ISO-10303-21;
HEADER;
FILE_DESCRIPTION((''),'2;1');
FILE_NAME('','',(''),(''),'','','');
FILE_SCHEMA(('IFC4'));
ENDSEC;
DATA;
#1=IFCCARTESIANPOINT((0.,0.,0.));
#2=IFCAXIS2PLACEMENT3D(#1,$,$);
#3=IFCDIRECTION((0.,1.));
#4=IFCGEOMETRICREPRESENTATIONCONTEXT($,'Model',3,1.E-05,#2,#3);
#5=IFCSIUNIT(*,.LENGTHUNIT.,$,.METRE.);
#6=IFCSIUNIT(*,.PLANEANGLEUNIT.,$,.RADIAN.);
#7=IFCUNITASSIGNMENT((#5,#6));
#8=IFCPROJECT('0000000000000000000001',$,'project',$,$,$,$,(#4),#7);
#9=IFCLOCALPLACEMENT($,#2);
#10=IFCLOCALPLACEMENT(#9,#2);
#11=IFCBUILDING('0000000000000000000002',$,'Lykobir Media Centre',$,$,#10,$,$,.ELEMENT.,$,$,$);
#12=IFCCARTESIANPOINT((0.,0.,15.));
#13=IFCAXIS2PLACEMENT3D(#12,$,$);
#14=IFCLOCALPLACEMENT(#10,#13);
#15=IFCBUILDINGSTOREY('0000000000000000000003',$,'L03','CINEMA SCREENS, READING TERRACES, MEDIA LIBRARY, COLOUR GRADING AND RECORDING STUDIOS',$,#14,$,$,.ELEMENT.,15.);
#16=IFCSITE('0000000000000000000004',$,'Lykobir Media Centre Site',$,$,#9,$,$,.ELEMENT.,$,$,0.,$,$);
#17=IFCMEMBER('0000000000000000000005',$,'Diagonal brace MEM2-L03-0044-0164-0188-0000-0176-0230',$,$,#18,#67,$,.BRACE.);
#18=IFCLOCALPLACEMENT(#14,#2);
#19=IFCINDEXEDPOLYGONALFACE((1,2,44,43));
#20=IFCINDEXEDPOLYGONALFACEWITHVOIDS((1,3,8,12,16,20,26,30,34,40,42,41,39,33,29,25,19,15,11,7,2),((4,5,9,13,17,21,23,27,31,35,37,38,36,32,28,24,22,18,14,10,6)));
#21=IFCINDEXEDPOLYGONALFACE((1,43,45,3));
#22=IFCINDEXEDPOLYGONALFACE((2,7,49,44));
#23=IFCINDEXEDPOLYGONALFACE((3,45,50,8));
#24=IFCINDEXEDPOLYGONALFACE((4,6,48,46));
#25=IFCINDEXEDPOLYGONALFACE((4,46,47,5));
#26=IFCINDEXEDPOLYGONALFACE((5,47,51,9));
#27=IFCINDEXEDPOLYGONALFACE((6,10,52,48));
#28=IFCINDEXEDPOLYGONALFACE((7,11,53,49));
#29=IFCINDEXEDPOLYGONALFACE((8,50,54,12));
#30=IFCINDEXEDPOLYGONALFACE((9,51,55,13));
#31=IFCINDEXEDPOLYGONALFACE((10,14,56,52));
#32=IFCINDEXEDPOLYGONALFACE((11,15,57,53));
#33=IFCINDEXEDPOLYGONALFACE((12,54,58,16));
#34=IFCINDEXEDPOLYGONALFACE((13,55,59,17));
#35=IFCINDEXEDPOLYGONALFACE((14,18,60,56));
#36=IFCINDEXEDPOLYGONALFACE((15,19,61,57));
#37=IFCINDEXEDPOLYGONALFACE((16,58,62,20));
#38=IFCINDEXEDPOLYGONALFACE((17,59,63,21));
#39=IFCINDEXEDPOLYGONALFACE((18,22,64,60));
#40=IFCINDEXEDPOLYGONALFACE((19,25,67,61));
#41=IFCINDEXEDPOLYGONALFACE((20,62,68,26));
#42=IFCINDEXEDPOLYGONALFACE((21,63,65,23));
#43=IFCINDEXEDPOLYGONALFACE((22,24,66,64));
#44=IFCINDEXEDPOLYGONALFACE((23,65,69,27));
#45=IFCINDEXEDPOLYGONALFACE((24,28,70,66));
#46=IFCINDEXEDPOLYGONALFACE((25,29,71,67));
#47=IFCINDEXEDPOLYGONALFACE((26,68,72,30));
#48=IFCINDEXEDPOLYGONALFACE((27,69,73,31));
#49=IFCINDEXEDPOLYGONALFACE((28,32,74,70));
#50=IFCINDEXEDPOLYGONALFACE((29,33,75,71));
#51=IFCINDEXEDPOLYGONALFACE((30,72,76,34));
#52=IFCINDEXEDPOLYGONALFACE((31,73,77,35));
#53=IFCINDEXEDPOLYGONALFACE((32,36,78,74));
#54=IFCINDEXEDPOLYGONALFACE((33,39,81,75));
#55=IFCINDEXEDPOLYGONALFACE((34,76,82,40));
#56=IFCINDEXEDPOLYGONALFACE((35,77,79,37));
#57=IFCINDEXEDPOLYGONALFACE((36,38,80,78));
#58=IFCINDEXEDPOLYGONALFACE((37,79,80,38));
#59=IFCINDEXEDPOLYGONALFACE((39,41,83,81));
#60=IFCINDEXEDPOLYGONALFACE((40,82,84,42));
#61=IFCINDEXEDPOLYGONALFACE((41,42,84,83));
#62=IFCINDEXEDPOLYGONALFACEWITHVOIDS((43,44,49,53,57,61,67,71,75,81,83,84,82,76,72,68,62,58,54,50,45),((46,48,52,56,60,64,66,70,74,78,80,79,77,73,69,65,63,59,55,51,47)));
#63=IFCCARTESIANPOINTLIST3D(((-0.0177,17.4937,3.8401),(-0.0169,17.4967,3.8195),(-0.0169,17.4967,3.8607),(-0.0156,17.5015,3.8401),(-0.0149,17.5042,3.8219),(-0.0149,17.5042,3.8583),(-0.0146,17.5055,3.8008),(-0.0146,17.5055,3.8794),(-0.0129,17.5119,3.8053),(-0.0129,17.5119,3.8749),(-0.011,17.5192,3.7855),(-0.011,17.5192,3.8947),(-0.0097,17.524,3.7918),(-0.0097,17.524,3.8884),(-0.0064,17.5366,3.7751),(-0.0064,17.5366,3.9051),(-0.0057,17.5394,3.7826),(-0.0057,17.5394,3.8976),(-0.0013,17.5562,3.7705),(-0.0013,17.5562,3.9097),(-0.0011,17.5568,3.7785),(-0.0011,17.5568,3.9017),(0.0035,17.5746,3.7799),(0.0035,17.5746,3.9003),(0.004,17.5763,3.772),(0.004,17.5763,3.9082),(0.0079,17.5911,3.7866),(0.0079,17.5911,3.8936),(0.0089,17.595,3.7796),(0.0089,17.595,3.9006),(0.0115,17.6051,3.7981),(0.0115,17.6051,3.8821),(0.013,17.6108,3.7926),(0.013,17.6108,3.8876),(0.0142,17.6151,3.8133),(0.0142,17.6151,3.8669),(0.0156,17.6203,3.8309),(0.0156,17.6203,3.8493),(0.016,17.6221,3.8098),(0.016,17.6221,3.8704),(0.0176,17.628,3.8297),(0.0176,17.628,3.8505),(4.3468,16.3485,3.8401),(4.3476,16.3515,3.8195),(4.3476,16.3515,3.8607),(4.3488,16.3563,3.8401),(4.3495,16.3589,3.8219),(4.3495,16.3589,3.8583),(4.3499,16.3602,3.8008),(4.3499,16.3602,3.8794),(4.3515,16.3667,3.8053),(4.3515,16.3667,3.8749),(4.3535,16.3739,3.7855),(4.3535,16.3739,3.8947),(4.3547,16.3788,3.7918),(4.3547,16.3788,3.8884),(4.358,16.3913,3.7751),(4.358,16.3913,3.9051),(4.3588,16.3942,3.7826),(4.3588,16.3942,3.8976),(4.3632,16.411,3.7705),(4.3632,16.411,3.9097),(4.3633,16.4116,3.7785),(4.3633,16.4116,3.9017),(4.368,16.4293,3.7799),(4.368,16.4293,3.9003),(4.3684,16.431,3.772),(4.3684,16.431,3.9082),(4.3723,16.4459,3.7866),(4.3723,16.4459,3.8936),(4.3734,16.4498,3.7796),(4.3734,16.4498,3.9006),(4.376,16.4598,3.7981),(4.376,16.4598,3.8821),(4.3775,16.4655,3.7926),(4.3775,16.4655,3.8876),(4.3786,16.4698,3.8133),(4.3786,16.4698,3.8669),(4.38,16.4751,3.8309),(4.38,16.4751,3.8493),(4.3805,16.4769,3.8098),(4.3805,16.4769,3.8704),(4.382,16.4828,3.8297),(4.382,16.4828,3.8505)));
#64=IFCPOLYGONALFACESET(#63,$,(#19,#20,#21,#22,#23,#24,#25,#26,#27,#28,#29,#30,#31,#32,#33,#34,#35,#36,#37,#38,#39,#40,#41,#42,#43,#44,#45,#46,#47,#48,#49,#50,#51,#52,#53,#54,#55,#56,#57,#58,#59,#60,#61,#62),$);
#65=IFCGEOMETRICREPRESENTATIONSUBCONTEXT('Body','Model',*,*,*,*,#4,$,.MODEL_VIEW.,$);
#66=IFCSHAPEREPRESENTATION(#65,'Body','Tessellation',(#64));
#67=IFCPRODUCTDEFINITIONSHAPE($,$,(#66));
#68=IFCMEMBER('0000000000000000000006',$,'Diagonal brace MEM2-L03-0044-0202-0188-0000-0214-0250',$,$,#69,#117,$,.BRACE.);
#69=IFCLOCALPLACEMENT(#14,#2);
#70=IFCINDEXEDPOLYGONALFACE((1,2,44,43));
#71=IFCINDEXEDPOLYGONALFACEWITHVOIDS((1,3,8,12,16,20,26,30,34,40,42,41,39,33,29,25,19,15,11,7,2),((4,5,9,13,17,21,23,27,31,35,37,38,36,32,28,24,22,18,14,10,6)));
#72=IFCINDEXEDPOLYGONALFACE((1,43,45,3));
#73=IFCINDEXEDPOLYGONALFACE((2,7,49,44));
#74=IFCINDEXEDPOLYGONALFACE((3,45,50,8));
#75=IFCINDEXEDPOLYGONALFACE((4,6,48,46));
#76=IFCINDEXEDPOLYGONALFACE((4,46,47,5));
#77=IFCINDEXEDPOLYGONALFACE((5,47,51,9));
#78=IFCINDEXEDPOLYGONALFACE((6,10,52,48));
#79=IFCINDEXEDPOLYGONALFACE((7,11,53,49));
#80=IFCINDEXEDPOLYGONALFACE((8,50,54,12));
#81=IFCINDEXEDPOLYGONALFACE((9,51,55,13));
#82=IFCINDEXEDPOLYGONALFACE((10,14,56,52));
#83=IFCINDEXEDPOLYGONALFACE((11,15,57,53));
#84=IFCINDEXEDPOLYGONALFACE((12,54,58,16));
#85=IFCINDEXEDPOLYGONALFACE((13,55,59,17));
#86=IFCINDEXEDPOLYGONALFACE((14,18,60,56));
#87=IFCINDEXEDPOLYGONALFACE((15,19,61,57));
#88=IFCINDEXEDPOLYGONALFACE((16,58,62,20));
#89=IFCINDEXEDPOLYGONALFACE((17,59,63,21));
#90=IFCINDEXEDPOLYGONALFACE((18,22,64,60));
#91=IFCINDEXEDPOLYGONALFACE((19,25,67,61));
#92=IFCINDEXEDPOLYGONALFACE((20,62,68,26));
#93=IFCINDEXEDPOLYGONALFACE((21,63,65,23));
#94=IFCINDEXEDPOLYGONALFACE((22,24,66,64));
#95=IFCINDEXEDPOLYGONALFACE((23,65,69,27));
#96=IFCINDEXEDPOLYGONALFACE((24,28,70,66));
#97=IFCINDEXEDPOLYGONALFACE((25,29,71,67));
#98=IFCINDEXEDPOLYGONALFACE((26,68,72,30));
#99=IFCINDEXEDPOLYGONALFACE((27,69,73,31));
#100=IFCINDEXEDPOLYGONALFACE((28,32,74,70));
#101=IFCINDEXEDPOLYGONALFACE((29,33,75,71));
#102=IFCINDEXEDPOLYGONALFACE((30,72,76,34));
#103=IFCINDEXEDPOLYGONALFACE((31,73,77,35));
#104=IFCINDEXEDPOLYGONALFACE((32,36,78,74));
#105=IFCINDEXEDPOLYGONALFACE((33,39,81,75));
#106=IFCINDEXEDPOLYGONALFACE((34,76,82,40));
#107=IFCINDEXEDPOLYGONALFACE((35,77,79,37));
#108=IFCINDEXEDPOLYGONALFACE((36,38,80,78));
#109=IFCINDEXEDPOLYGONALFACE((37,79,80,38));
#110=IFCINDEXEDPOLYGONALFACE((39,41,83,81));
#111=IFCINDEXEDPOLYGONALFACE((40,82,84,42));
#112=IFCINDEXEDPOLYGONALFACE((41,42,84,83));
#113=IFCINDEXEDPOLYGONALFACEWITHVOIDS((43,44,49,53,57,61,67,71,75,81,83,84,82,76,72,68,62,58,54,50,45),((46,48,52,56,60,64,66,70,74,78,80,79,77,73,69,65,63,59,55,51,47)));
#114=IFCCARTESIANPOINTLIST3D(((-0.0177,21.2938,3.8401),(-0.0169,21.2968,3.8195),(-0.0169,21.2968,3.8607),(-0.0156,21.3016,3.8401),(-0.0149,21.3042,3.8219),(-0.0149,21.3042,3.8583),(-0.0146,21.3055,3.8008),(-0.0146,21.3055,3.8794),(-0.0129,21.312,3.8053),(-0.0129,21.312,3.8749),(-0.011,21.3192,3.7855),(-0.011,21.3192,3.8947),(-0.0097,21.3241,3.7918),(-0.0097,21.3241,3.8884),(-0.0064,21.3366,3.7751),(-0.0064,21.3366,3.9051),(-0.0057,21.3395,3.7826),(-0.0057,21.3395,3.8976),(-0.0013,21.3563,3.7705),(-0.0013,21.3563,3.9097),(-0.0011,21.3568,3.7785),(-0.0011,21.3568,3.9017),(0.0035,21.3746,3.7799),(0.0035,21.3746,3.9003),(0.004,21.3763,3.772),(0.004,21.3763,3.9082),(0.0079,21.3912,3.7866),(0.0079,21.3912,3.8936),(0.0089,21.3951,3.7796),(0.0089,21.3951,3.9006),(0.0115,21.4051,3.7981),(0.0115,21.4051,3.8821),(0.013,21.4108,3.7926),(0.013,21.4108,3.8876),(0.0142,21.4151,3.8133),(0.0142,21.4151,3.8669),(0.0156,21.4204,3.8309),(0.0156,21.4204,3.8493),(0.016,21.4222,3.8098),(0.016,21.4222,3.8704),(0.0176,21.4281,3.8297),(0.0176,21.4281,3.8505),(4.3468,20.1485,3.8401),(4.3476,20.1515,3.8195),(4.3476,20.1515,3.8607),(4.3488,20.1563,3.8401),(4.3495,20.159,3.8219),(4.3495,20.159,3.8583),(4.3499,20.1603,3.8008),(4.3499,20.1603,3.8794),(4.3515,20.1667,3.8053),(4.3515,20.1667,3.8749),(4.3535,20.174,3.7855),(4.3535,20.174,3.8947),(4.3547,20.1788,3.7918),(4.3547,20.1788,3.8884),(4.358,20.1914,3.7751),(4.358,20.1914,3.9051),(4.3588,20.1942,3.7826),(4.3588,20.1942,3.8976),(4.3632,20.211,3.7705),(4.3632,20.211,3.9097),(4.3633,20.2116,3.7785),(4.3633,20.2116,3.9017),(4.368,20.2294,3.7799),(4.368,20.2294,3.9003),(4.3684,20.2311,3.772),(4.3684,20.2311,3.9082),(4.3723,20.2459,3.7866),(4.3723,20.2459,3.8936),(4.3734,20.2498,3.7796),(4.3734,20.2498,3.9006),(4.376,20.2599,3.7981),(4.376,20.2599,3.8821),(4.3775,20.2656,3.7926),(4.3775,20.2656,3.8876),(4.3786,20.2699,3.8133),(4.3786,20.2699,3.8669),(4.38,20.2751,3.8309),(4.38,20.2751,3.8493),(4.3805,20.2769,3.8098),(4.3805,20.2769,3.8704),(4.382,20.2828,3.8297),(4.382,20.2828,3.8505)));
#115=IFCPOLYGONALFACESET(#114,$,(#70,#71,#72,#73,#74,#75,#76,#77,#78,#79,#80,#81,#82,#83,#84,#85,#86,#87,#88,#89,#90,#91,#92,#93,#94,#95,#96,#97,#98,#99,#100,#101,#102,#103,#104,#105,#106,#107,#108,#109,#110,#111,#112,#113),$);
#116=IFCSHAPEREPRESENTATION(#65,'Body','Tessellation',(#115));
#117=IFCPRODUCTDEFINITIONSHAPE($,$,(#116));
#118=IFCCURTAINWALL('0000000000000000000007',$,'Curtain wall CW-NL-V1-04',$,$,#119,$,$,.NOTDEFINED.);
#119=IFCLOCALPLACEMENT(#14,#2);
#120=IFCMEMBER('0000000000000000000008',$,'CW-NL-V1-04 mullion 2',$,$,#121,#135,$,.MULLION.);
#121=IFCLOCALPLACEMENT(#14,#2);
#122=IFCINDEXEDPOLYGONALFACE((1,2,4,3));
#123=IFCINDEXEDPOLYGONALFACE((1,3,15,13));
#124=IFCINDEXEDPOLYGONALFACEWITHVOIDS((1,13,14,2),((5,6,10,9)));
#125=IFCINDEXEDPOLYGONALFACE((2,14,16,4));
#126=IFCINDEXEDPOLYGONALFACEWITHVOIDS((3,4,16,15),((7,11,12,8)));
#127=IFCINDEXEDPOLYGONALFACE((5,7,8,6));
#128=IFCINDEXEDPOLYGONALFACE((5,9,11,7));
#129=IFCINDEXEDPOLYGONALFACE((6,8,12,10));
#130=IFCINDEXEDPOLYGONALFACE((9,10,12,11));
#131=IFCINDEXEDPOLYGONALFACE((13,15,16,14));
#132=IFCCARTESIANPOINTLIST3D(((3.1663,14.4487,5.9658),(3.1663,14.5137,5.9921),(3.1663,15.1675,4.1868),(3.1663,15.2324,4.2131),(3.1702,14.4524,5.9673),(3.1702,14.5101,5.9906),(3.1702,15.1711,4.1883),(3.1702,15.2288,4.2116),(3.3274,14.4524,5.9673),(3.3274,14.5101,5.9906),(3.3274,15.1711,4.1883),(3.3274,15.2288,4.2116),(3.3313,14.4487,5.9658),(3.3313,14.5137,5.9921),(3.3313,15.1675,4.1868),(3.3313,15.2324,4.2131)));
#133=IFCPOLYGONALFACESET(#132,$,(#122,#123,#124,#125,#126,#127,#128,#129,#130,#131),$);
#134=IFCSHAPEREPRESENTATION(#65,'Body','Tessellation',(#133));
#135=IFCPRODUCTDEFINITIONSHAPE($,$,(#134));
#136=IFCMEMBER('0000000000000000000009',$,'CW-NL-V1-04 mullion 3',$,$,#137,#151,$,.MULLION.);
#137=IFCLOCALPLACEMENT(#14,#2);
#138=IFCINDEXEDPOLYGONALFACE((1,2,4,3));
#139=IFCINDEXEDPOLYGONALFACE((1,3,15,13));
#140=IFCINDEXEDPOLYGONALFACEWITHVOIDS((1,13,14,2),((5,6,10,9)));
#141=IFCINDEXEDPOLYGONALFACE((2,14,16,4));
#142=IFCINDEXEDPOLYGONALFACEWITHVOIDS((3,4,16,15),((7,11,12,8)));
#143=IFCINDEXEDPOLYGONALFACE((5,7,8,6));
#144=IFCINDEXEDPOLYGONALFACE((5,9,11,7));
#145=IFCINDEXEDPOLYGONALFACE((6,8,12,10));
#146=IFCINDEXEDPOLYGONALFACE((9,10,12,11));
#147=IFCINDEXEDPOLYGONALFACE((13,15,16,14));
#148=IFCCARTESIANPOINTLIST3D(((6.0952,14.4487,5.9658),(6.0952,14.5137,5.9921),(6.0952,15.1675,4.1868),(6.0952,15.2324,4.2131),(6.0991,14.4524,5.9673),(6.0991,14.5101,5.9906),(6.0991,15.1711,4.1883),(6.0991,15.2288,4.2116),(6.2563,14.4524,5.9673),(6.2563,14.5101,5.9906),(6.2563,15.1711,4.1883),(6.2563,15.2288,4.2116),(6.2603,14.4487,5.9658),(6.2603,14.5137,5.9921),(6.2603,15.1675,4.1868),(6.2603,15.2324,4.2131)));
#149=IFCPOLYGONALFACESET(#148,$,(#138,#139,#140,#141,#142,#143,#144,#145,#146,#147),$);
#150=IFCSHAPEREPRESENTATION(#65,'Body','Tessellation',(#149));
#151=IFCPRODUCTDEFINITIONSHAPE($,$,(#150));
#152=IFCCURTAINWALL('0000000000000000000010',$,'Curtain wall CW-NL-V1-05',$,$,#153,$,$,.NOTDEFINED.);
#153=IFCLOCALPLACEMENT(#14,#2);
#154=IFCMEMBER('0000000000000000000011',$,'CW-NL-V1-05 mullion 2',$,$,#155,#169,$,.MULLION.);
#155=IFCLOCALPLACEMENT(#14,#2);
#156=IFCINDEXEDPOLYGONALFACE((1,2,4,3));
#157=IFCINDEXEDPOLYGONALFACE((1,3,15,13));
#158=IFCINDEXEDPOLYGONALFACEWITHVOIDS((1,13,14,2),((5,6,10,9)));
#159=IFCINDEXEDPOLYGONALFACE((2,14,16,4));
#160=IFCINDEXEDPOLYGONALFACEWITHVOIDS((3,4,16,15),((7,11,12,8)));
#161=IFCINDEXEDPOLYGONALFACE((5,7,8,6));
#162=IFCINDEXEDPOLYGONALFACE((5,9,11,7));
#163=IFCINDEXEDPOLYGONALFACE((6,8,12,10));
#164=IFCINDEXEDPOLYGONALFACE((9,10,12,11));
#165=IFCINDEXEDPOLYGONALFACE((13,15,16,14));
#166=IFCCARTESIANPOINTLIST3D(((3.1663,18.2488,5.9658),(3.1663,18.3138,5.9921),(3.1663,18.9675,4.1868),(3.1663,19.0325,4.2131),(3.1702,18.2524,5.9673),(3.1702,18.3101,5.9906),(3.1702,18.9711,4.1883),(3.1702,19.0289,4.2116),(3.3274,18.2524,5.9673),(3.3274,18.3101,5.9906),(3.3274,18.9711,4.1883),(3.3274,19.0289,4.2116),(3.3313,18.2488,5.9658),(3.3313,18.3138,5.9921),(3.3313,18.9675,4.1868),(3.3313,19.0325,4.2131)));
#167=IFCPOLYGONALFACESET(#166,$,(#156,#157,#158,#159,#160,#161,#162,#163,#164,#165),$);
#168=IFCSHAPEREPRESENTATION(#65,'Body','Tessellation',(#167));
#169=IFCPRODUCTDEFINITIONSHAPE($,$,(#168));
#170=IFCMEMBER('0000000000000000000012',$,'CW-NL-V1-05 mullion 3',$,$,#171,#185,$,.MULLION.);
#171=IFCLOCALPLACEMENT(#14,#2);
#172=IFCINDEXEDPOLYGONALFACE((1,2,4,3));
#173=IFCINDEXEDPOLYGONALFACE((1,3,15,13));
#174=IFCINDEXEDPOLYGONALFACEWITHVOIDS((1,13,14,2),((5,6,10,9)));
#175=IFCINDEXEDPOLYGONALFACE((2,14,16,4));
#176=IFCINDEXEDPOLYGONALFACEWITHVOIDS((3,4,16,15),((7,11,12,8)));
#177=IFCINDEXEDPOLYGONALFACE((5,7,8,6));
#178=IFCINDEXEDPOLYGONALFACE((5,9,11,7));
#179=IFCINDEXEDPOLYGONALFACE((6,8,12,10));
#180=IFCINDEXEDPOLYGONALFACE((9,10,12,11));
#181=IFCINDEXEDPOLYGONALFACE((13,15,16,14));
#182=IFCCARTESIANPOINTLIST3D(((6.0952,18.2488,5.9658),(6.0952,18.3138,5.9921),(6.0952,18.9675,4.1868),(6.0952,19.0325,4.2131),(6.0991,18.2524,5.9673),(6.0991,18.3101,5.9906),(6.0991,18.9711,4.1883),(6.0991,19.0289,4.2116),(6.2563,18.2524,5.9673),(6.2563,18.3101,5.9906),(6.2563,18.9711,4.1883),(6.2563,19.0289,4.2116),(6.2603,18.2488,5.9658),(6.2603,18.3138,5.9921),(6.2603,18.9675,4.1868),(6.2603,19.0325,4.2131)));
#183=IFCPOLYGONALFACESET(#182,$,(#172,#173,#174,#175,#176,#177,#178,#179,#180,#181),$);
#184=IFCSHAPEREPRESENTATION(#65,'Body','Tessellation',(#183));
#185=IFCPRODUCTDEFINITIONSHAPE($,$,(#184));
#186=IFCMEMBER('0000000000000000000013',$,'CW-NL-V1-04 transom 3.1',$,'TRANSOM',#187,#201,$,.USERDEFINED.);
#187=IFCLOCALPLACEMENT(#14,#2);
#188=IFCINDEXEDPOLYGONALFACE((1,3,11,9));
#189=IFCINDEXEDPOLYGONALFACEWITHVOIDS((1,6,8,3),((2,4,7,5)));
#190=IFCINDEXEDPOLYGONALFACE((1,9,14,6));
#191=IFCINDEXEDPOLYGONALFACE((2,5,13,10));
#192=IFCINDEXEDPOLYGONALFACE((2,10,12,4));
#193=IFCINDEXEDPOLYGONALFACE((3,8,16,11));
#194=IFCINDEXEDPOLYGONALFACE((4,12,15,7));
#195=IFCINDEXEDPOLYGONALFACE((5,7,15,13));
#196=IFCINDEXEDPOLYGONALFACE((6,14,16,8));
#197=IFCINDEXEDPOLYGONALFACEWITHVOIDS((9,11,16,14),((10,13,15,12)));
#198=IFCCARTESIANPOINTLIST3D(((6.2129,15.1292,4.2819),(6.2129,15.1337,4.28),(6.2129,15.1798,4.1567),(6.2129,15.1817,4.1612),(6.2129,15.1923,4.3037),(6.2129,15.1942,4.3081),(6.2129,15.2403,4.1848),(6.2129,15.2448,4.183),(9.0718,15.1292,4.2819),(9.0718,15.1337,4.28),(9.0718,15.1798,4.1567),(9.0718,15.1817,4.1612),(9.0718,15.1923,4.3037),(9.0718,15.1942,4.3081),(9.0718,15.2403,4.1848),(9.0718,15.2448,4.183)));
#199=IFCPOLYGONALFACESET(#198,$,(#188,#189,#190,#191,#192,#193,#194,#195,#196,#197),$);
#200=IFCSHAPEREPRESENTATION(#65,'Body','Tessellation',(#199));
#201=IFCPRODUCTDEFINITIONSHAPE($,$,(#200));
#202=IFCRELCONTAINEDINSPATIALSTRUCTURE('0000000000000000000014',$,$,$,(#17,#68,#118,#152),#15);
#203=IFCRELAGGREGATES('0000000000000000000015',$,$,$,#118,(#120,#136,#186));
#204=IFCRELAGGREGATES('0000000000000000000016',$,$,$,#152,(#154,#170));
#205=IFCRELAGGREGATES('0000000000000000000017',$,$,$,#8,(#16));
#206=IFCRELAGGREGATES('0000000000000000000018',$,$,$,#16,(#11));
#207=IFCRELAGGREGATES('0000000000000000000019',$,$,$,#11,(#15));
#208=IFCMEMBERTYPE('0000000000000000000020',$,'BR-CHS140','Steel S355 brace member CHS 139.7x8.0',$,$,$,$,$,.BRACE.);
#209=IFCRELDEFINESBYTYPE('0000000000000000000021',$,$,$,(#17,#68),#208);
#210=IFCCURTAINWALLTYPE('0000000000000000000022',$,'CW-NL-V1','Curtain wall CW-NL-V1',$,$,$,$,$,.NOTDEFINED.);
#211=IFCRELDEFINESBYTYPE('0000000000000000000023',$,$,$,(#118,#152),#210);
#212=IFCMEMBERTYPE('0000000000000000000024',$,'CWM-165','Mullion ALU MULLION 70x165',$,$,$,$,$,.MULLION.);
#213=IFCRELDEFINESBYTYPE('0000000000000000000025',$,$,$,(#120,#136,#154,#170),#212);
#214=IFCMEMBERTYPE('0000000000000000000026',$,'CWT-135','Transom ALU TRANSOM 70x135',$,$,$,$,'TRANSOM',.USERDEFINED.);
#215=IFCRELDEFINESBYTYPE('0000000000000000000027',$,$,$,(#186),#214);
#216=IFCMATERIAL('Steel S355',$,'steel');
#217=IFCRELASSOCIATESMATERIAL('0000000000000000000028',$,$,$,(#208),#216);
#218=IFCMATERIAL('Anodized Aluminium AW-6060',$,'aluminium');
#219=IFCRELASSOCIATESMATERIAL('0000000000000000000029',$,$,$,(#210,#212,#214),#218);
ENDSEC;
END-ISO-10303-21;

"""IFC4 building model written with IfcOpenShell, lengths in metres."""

from ifc_helpers import new_model, si_unit, direction, frame, origin, origin_2d, place, context, subcontext, project, spatial, hollow_rectangle, hollow_circle, extrude, material, material_profile, profile_set, type_object, element, aggregate, save


model = new_model("IFC4")

# Units and contexts
model_context = context("Model", 3, precision=1e-05, world=origin(), true_north=direction((0.0, 1.0)))
body_context = subcontext(model_context, "Body", "Model", "MODEL_VIEW")
ifc_project = project(units=[si_unit("LENGTHUNIT", "METRE"), si_unit("PLANEANGLEUNIT", "RADIAN")], contexts=[model_context])

# Site, building, storey
site_placement = place(None, origin())
site = spatial("IfcSite", under=ifc_project, at=site_placement, Name="Lykobir Media Centre Site", CompositionType="ELEMENT", RefElevation=0.0)
building_placement = place(site_placement, origin())
building = spatial("IfcBuilding", under=site, at=building_placement, Name="Lykobir Media Centre", CompositionType="ELEMENT")
storey_placement = place(building_placement, frame((0.0, 0.0, 15.0)))
storey = spatial("IfcBuildingStorey", under=building, at=storey_placement, Name="L03", Description="CINEMA SCREENS, READING TERRACES, MEDIA LIBRARY, COLOUR GRADING AND RECORDING STUDIOS", CompositionType="ELEMENT", Elevation=15.0)

# Members
ifc_material_1 = material(Name="Steel S355", Category="steel")
ifc_material_profile_1 = material_profile(ifc_material_1, hollow_circle(Radius=0.0698, WallThickness=0.0081, at=origin_2d()), Name="CHS 139.7x8.0")
ifc_profile_set_1 = profile_set([ifc_material_profile_1], Name="Steel S355")
member_type_1 = type_object("IfcMemberType", Name="BR-CHS140", Description="Steel S355 brace member CHS 139.7x8.0", PredefinedType="BRACE", material=ifc_profile_set_1)
for number, where, z_axis, x_axis, name in (
    (1, (4.3645, 16.416, 3.8401), (-0.967254, 0.253811, 0.0), (-0.253811, -0.967254, 0.0), "Diagonal brace MEM2-L03-0044-0164-0188-0000-0176-0230"),
    (2, (4.3645, 20.2161, 3.8401), (-0.967254, 0.253811, 0.0), (-0.253811, -0.967254, 0.0), "Diagonal brace MEM2-L03-0044-0202-0188-0000-0214-0250"),
):
    element("IfcMember", number, at=place(storey_placement, frame(where, z_axis=z_axis, x_axis=x_axis)), inside=storey, type_object=member_type_1, Name=name, PredefinedType="BRACE", context=body_context, shape_type="SweptSolid", body=[
        extrude(hollow_circle(Radius=0.0698, WallThickness=0.0081, at=origin_2d()), origin(), (0.0, 0.0, 1.0), 4.5122),
    ])

# Curtain walls, members
ifc_material_2 = material(Name="Anodized Aluminium AW-6060", Category="aluminium")
curtain_wall_type = type_object("IfcCurtainWallType", Name="CW-NL-V1", Description="Curtain wall CW-NL-V1", PredefinedType="NOTDEFINED", material=ifc_material_2)
curtain_wall_1_placement = place(storey_placement, origin())
curtain_wall_1 = element("IfcCurtainWall", 3, at=curtain_wall_1_placement, inside=storey, type_object=curtain_wall_type, Name="Curtain wall CW-NL-V1-04", PredefinedType="NOTDEFINED")
ifc_material_profile_2 = material_profile(ifc_material_2, hollow_rectangle(XDim=0.0701, YDim=0.165, WallThickness=0.0039, at=origin_2d()), Name="ALU MULLION 70x165")
ifc_profile_set_2 = profile_set([ifc_material_profile_2], Name="Anodized Aluminium AW-6060")
member_type_2 = type_object("IfcMemberType", Name="CWM-165", Description="Mullion ALU MULLION 70x165", PredefinedType="MULLION", material=ifc_profile_set_2)
member_1_placement = place(storey_placement, frame((3.2488, 15.2, 4.2), z_axis=(0.0, -0.374591, 0.92719), x_axis=(0.0, 0.92719, 0.374591)))
member_1 = element("IfcMember", 4, at=member_1_placement, type_object=member_type_2, Name="CW-NL-V1-04 mullion 2", PredefinedType="MULLION", context=body_context, shape_type="SweptSolid", body=[
    extrude(hollow_rectangle(XDim=0.0701, YDim=0.165, WallThickness=0.0039, at=origin_2d()), origin(), (0.0, 0.0, 1.0), 1.9187),
])
member_2_placement = place(storey_placement, frame((6.1777, 15.2, 4.2), z_axis=(0.0, -0.374591, 0.92719), x_axis=(0.0, 0.92719, 0.374591)))
member_2 = element("IfcMember", 5, at=member_2_placement, type_object=member_type_2, Name="CW-NL-V1-04 mullion 3", PredefinedType="MULLION", context=body_context, shape_type="SweptSolid", body=[
    extrude(hollow_rectangle(XDim=0.0701, YDim=0.165, WallThickness=0.0039, at=origin_2d()), origin(), (0.0, 0.0, 1.0), 1.9187),
])
curtain_wall_2_placement = place(storey_placement, origin())
curtain_wall_2 = element("IfcCurtainWall", 6, at=curtain_wall_2_placement, inside=storey, type_object=curtain_wall_type, Name="Curtain wall CW-NL-V1-05", PredefinedType="NOTDEFINED")
member_3_placement = place(storey_placement, frame((3.2488, 19.0, 4.2), z_axis=(0.0, -0.374591, 0.92719), x_axis=(0.0, 0.92719, 0.374591)))
member_3 = element("IfcMember", 7, at=member_3_placement, type_object=member_type_2, Name="CW-NL-V1-05 mullion 2", PredefinedType="MULLION", context=body_context, shape_type="SweptSolid", body=[
    extrude(hollow_rectangle(XDim=0.0701, YDim=0.165, WallThickness=0.0039, at=origin_2d()), origin(), (0.0, 0.0, 1.0), 1.9187),
])
member_4_placement = place(storey_placement, frame((6.1777, 19.0, 4.2), z_axis=(0.0, -0.374591, 0.92719), x_axis=(0.0, 0.92719, 0.374591)))
member_4 = element("IfcMember", 8, at=member_4_placement, type_object=member_type_2, Name="CW-NL-V1-05 mullion 3", PredefinedType="MULLION", context=body_context, shape_type="SweptSolid", body=[
    extrude(hollow_rectangle(XDim=0.0701, YDim=0.165, WallThickness=0.0039, at=origin_2d()), origin(), (0.0, 0.0, 1.0), 1.9187),
])

# Member
ifc_material_profile_3 = material_profile(ifc_material_2, hollow_rectangle(XDim=0.0701, YDim=0.135, WallThickness=0.0034, at=origin_2d()), Name="ALU TRANSOM 70x135")
ifc_profile_set_3 = profile_set([ifc_material_profile_3], Name="Anodized Aluminium AW-6060")
member_type_3 = type_object("IfcMemberType", Name="CWT-135", Description="Transom ALU TRANSOM 70x135", ElementType="TRANSOM", PredefinedType="USERDEFINED", material=ifc_profile_set_3)
member_5_placement = place(storey_placement, frame((6.2129, 15.187, 4.2324), z_axis=(1.0, 0.0, 0.0), x_axis=(0.0, 0.927184, 0.374607)))
member_5 = element("IfcMember", 9, at=member_5_placement, type_object=member_type_3, Name="CW-NL-V1-04 transom 3.1", ObjectType="TRANSOM", PredefinedType="USERDEFINED", context=body_context, shape_type="SweptSolid", body=[
    extrude(hollow_rectangle(XDim=0.0701, YDim=0.135, WallThickness=0.0034, at=origin_2d()), origin(), (0.0, 0.0, 1.0), 2.8589),
])
aggregate(curtain_wall_1, [member_1, member_2, member_5])

aggregate(curtain_wall_2, [member_3, member_4])

save(model, "model.ifc")
